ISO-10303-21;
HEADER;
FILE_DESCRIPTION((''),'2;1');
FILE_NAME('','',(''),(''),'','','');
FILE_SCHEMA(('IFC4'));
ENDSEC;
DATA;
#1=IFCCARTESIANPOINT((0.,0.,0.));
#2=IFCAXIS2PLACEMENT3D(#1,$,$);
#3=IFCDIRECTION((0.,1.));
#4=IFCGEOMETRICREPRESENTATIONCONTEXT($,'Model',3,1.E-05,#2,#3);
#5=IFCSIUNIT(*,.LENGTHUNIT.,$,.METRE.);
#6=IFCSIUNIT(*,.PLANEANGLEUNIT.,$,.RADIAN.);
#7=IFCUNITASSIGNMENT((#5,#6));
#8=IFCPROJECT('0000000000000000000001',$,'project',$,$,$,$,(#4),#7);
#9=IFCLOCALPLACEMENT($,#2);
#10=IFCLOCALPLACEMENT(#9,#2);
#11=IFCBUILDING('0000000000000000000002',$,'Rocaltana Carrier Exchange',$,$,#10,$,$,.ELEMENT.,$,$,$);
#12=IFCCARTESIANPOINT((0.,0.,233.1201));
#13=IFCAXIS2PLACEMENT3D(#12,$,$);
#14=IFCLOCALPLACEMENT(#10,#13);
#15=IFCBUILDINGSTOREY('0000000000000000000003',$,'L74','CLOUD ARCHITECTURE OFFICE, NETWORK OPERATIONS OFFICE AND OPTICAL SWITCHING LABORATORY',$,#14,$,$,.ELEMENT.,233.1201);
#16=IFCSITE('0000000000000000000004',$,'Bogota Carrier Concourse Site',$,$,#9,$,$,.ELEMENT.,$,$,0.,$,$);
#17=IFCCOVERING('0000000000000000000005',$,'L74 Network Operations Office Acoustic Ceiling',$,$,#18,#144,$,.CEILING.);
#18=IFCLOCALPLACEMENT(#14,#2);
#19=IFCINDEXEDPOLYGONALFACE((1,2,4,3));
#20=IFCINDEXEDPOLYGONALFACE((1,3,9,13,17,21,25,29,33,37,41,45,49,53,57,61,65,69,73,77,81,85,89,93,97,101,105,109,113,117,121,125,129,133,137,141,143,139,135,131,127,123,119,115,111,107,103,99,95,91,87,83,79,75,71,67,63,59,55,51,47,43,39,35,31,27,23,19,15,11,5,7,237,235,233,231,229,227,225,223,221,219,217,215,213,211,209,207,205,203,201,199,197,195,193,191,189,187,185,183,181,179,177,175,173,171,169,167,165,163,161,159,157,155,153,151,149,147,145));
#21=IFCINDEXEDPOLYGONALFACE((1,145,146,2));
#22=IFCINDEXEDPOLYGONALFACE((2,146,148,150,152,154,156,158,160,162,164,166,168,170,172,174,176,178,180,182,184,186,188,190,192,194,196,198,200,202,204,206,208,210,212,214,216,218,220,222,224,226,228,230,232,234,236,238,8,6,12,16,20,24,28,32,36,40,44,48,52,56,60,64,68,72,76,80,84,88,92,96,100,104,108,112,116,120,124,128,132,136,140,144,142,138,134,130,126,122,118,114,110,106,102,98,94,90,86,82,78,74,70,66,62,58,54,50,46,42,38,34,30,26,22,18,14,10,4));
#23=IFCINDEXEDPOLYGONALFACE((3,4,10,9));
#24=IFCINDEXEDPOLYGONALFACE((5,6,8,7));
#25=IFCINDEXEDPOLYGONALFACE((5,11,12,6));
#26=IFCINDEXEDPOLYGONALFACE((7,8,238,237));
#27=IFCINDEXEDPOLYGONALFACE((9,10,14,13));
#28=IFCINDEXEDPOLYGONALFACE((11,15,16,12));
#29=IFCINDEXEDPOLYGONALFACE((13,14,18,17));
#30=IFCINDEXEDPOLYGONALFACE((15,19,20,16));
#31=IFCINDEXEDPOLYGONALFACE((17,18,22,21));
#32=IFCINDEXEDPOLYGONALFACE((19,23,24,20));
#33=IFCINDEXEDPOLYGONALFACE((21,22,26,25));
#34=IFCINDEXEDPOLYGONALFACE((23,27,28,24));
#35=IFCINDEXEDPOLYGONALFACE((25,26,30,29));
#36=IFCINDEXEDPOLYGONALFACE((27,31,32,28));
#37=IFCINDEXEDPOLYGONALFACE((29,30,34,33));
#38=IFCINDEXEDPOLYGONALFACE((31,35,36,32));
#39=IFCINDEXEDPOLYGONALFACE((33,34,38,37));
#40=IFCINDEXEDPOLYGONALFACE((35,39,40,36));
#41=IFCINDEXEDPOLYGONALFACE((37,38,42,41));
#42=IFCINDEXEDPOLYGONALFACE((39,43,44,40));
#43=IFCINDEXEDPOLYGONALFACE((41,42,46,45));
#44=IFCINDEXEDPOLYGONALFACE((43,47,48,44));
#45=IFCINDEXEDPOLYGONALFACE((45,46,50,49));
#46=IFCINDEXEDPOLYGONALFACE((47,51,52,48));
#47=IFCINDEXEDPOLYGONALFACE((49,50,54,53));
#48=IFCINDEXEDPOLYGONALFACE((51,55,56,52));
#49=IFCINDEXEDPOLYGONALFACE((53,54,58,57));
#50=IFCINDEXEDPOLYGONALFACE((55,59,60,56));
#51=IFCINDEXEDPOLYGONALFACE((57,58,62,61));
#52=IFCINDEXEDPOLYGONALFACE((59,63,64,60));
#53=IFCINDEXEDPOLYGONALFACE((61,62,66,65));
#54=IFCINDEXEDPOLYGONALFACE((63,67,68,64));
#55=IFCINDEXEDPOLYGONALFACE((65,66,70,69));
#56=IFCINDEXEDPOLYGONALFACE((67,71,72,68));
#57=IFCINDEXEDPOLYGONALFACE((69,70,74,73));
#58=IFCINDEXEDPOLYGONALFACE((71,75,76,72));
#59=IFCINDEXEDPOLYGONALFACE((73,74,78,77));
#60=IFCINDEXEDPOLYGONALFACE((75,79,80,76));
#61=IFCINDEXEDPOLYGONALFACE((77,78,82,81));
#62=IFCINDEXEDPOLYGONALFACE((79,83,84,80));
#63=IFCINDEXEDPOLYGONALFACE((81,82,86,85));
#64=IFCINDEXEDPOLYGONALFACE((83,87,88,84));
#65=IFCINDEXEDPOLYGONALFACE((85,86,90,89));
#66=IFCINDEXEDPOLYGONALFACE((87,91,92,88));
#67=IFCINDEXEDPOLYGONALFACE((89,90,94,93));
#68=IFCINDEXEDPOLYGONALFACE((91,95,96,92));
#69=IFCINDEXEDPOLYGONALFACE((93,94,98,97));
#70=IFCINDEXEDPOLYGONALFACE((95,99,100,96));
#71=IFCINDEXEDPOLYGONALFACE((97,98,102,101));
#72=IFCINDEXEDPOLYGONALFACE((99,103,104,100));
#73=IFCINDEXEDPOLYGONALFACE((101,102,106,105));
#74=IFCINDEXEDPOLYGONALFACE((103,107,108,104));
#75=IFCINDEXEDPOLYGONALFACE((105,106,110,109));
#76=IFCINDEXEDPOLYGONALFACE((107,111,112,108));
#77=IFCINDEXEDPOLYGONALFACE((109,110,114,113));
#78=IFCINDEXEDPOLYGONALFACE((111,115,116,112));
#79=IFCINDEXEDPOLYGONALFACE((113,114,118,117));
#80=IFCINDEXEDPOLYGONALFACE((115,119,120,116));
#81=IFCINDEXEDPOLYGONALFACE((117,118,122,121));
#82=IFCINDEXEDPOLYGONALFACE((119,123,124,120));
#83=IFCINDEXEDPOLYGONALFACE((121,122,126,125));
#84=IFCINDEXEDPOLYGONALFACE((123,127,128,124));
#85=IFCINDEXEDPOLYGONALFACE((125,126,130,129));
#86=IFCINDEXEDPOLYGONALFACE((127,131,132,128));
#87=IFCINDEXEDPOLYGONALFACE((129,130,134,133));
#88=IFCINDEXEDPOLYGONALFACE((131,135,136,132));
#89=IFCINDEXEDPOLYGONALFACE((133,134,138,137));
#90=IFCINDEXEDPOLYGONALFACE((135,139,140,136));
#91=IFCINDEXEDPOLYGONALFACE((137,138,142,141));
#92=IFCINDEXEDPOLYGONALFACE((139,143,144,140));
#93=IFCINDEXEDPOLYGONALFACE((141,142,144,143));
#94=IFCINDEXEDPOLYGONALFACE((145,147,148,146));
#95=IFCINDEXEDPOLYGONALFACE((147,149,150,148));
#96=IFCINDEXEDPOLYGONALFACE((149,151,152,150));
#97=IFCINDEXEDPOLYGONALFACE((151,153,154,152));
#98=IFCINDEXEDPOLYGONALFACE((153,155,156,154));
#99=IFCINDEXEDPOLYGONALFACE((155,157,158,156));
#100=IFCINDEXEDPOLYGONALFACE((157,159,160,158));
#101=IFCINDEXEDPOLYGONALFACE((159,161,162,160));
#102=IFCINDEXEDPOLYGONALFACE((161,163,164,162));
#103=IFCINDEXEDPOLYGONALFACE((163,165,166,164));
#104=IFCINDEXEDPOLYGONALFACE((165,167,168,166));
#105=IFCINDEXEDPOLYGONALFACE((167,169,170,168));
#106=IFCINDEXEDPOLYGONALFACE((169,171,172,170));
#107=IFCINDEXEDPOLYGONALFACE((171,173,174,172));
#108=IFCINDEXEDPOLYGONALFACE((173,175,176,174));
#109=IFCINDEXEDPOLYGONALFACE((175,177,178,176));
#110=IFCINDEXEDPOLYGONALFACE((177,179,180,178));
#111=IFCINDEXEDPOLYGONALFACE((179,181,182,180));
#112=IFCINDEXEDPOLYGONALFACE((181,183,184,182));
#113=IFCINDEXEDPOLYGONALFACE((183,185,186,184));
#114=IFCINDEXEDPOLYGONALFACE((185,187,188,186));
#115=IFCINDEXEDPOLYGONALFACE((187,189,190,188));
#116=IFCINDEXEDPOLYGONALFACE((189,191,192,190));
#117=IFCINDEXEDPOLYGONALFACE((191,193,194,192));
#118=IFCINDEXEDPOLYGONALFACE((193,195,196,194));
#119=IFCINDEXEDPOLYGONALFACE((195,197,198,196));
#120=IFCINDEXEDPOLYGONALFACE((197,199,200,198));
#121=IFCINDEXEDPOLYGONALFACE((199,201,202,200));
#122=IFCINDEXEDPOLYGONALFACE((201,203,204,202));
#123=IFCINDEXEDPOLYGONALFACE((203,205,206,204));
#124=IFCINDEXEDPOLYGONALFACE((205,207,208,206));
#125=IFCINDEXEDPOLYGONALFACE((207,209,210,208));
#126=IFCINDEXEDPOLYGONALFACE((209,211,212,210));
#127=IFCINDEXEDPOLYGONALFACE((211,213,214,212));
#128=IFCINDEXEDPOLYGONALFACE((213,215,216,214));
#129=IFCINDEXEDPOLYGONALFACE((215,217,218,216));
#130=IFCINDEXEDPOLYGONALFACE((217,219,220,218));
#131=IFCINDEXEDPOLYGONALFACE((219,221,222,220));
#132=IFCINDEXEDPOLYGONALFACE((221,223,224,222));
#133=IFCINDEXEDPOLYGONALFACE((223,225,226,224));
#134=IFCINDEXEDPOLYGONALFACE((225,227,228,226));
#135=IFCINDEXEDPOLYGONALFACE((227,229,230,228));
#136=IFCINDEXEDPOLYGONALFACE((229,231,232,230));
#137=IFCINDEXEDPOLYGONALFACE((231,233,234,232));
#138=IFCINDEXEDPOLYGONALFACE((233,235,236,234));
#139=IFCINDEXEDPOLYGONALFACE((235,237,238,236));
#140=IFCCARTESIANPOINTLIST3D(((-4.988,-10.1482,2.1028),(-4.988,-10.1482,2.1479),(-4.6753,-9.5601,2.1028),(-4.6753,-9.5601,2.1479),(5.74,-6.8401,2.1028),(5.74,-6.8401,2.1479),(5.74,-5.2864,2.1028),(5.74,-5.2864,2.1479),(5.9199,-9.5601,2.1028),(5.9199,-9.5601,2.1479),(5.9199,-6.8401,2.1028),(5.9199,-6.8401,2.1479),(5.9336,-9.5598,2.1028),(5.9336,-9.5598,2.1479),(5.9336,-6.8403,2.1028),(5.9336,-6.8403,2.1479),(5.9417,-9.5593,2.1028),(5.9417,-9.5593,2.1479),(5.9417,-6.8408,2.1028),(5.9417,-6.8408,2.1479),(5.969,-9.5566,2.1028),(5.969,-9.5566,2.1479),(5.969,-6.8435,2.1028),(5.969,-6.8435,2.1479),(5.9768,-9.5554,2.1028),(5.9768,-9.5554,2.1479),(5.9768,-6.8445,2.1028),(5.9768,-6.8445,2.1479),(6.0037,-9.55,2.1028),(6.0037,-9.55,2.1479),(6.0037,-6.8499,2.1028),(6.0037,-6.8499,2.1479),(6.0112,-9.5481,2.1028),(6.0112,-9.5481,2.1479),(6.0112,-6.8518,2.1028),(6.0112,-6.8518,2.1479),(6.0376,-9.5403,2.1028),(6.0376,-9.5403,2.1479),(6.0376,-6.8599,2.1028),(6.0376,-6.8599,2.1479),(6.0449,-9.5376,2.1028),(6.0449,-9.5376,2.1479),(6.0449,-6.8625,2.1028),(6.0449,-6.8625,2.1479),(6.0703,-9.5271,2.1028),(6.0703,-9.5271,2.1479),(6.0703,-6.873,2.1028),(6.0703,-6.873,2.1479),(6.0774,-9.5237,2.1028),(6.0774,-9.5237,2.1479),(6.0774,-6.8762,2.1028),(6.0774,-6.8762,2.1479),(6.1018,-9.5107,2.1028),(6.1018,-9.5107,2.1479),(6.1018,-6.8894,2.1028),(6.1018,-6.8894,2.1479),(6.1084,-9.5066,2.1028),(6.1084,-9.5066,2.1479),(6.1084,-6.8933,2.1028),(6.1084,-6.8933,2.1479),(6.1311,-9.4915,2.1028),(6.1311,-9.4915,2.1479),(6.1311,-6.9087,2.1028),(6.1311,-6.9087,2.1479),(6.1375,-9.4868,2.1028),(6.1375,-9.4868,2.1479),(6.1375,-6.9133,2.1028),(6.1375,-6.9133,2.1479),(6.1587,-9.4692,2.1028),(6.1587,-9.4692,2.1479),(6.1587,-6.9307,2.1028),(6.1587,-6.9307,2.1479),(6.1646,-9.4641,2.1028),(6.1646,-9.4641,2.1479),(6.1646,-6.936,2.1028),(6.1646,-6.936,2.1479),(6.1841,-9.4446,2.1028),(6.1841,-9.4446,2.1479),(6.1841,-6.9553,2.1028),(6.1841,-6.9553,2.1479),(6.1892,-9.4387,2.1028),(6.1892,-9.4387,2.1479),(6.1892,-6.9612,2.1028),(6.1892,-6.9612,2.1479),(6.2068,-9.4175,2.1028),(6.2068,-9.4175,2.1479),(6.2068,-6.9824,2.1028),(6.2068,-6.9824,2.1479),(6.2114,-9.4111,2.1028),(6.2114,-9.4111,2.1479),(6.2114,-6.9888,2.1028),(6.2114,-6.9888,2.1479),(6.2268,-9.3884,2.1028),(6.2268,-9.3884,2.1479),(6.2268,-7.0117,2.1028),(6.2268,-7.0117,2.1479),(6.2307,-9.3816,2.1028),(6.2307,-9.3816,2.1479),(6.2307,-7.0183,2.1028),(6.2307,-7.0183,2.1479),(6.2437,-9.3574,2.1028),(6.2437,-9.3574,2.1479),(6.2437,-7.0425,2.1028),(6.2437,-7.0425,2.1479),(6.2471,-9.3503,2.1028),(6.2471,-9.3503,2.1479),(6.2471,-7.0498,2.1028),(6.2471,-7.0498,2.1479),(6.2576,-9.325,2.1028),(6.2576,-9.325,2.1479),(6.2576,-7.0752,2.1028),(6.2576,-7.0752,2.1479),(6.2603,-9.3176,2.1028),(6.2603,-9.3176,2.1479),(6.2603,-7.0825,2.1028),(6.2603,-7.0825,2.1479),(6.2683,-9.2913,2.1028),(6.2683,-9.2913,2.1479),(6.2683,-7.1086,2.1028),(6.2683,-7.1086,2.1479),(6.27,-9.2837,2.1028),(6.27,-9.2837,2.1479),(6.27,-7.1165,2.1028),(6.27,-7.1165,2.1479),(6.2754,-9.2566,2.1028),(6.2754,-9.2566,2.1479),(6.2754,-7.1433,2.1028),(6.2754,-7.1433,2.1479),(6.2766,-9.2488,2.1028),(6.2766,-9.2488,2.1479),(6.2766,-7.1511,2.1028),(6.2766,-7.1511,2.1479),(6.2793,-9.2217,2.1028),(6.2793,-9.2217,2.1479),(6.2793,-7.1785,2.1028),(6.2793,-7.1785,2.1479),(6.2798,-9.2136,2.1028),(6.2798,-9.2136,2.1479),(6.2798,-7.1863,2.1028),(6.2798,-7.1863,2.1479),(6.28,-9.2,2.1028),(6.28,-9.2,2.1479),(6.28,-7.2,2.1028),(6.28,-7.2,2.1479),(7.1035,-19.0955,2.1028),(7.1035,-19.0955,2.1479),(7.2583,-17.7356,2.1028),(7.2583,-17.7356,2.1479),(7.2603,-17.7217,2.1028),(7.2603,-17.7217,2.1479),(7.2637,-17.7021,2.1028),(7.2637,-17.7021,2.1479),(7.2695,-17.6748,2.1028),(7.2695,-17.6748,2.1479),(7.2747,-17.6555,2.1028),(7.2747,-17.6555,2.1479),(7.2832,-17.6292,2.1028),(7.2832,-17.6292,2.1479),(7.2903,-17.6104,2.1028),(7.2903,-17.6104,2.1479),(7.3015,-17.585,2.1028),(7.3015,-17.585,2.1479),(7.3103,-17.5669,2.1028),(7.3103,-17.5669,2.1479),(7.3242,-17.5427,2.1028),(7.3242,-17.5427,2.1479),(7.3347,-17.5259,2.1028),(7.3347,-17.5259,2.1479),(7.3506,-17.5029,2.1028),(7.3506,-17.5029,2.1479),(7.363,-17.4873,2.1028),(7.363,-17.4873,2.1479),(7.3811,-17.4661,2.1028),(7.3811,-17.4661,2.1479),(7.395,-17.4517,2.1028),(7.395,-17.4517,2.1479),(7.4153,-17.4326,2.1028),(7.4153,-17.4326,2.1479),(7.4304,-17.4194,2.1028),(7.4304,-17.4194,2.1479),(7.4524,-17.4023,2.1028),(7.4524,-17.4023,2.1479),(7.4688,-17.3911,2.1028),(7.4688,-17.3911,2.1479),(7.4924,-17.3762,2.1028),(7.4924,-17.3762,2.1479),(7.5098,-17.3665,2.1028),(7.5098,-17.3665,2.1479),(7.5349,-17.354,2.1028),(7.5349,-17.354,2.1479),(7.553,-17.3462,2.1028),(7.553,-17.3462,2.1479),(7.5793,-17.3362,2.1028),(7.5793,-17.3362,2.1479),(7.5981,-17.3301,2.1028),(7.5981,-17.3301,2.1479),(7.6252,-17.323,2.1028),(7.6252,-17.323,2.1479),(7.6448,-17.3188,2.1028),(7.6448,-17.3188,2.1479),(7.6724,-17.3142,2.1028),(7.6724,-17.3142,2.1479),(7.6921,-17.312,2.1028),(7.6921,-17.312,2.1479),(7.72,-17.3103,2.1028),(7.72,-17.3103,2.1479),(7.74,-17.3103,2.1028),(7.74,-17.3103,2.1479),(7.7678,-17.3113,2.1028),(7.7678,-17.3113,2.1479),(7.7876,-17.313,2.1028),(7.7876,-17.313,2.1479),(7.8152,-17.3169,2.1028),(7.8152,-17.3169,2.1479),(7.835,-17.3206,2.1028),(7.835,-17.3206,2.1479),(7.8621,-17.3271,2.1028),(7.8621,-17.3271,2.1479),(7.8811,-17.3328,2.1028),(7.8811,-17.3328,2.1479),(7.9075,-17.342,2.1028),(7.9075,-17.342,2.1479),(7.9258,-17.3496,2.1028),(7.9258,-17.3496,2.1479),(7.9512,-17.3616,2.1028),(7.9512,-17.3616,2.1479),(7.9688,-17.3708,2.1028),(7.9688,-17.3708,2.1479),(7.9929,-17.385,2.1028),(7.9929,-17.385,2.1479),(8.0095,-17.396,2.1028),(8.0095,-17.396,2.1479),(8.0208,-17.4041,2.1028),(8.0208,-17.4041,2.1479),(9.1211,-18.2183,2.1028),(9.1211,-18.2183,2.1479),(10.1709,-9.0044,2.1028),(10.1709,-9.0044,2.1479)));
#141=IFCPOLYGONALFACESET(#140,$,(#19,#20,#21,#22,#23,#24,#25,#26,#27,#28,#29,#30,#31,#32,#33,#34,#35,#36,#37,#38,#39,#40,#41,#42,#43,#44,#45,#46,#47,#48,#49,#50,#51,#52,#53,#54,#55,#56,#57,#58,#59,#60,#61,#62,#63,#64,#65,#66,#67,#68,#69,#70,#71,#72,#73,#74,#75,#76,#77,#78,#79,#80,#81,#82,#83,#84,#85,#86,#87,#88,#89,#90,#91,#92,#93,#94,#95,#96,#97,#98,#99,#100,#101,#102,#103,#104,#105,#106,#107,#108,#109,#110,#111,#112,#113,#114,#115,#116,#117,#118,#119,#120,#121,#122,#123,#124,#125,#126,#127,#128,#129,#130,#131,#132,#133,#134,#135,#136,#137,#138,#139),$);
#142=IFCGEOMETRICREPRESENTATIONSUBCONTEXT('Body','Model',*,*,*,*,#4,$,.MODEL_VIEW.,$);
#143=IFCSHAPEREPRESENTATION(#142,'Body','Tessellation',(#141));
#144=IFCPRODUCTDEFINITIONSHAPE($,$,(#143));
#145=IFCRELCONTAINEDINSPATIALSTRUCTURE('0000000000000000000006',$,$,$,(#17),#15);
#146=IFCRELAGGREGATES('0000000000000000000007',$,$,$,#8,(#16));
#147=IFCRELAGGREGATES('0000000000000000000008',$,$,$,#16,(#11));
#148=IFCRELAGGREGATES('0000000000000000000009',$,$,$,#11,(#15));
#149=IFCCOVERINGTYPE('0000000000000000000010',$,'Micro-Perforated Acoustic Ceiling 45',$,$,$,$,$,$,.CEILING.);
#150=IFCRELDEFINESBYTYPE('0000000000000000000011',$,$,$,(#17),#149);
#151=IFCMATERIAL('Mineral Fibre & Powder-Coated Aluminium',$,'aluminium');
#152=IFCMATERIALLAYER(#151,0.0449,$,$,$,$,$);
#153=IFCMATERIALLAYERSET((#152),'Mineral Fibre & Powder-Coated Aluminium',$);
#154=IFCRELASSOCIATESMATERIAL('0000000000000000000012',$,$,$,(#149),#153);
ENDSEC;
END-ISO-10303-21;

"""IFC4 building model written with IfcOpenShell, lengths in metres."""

from ifc_helpers import new_model, si_unit, direction, frame, origin, place, context, subcontext, project, spatial, polyline, outline, extrude, material, layer, layer_set, type_object, element, save


model = new_model("IFC4")

# Units and contexts
model_context = context("Model", 3, precision=1e-05, world=origin(), true_north=direction((0.0, 1.0)))
body_context = subcontext(model_context, "Body", "Model", "MODEL_VIEW")
ifc_project = project(units=[si_unit("LENGTHUNIT", "METRE"), si_unit("PLANEANGLEUNIT", "RADIAN")], contexts=[model_context])

# Site, building, storey
site_placement = place(None, origin())
site = spatial("IfcSite", under=ifc_project, at=site_placement, Name="Bogota Carrier Concourse Site", CompositionType="ELEMENT", RefElevation=0.0)
building_placement = place(site_placement, origin())
building = spatial("IfcBuilding", under=site, at=building_placement, Name="Rocaltana Carrier Exchange", CompositionType="ELEMENT")
storey_placement = place(building_placement, frame((0.0, 0.0, 233.1201)))
storey = spatial("IfcBuildingStorey", under=building, at=storey_placement, Name="L74", Description="CLOUD ARCHITECTURE OFFICE, NETWORK OPERATIONS OFFICE AND OPTICAL SWITCHING LABORATORY", CompositionType="ELEMENT", Elevation=233.1201)

# Covering
ifc_material_1 = material(Name="Mineral Fibre & Powder-Coated Aluminium", Category="aluminium")
ifc_layer_1 = layer(ifc_material_1, 0.0449)
ifc_layer_set_1 = layer_set([ifc_layer_1], Name="Mineral Fibre & Powder-Coated Aluminium")
covering_type_1 = type_object("IfcCoveringType", Name="Micro-Perforated Acoustic Ceiling 45", PredefinedType="CEILING", material=ifc_layer_set_1)
covering_1_placement = place(storey_placement, frame((0.0, 0.0, 2.1028)))
element("IfcCovering", 1, at=covering_1_placement, inside=storey, type_object=covering_type_1, Name="L74 Network Operations Office Acoustic Ceiling", PredefinedType="CEILING", context=body_context, shape_type="SweptSolid", body=[
    extrude(outline(polyline([(5.74, -6.8401), (5.74, -5.2864), (10.1709, -9.0044), (9.1211, -18.2183), (8.0208, -17.4041), (8.0095, -17.396), (7.9929, -17.385), (7.9688, -17.3708), (7.9512, -17.3616), (7.9258, -17.3496), (7.9075, -17.342), (7.8811, -17.3328), (7.8621, -17.3271), (7.835, -17.3206), (7.8152, -17.3169), (7.7876, -17.313), (7.7678, -17.3113), (7.74, -17.3103), (7.72, -17.3103), (7.6921, -17.312), (7.6724, -17.3142), (7.6448, -17.3188), (7.6252, -17.323), (7.5981, -17.3301), (7.5793, -17.3362), (7.553, -17.3462), (7.5349, -17.354), (7.5098, -17.3665), (7.4924, -17.3762), (7.4688, -17.3911), (7.4524, -17.4023), (7.4304, -17.4194), (7.4153, -17.4326), (7.395, -17.4517), (7.3811, -17.4661), (7.363, -17.4873), (7.3506, -17.5029), (7.3347, -17.5259), (7.3242, -17.5427), (7.3103, -17.5669), (7.3015, -17.585), (7.2903, -17.6104), (7.2832, -17.6292), (7.2747, -17.6555), (7.2695, -17.6748), (7.2637, -17.7021), (7.2603, -17.7217), (7.2583, -17.7356), (7.1035, -19.0955), (-4.988, -10.1482), (-4.6753, -9.5601), (5.9199, -9.5601), (5.9336, -9.5598), (5.9417, -9.5593), (5.969, -9.5566), (5.9768, -9.5554), (6.0037, -9.55), (6.0112, -9.5481), (6.0376, -9.5403), (6.0449, -9.5376), (6.0703, -9.5271), (6.0774, -9.5237), (6.1018, -9.5107), (6.1084, -9.5066), (6.1311, -9.4915), (6.1375, -9.4868), (6.1587, -9.4692), (6.1646, -9.4641), (6.1841, -9.4446), (6.1892, -9.4387), (6.2068, -9.4175), (6.2114, -9.4111), (6.2268, -9.3884), (6.2307, -9.3816), (6.2437, -9.3574), (6.2471, -9.3503), (6.2576, -9.325), (6.2603, -9.3176), (6.2683, -9.2913), (6.27, -9.2837), (6.2754, -9.2566), (6.2766, -9.2488), (6.2793, -9.2217), (6.2798, -9.2136), (6.28, -9.2), (6.28, -7.2), (6.2798, -7.1863), (6.2793, -7.1785), (6.2766, -7.1511), (6.2754, -7.1433), (6.27, -7.1165), (6.2683, -7.1086), (6.2603, -7.0825), (6.2576, -7.0752), (6.2471, -7.0498), (6.2437, -7.0425), (6.2307, -7.0183), (6.2268, -7.0117), (6.2114, -6.9888), (6.2068, -6.9824), (6.1892, -6.9612), (6.1841, -6.9553), (6.1646, -6.936), (6.1587, -6.9307), (6.1375, -6.9133), (6.1311, -6.9087), (6.1084, -6.8933), (6.1018, -6.8894), (6.0774, -6.8762), (6.0703, -6.873), (6.0449, -6.8625), (6.0376, -6.8599), (6.0112, -6.8518), (6.0037, -6.8499), (5.9768, -6.8445), (5.969, -6.8435), (5.9417, -6.8408), (5.9336, -6.8403), (5.9199, -6.8401), (5.74, -6.8401)])), origin(), (0.0, 0.0, 1.0), 0.0452),
])

save(model, "model.ifc")
